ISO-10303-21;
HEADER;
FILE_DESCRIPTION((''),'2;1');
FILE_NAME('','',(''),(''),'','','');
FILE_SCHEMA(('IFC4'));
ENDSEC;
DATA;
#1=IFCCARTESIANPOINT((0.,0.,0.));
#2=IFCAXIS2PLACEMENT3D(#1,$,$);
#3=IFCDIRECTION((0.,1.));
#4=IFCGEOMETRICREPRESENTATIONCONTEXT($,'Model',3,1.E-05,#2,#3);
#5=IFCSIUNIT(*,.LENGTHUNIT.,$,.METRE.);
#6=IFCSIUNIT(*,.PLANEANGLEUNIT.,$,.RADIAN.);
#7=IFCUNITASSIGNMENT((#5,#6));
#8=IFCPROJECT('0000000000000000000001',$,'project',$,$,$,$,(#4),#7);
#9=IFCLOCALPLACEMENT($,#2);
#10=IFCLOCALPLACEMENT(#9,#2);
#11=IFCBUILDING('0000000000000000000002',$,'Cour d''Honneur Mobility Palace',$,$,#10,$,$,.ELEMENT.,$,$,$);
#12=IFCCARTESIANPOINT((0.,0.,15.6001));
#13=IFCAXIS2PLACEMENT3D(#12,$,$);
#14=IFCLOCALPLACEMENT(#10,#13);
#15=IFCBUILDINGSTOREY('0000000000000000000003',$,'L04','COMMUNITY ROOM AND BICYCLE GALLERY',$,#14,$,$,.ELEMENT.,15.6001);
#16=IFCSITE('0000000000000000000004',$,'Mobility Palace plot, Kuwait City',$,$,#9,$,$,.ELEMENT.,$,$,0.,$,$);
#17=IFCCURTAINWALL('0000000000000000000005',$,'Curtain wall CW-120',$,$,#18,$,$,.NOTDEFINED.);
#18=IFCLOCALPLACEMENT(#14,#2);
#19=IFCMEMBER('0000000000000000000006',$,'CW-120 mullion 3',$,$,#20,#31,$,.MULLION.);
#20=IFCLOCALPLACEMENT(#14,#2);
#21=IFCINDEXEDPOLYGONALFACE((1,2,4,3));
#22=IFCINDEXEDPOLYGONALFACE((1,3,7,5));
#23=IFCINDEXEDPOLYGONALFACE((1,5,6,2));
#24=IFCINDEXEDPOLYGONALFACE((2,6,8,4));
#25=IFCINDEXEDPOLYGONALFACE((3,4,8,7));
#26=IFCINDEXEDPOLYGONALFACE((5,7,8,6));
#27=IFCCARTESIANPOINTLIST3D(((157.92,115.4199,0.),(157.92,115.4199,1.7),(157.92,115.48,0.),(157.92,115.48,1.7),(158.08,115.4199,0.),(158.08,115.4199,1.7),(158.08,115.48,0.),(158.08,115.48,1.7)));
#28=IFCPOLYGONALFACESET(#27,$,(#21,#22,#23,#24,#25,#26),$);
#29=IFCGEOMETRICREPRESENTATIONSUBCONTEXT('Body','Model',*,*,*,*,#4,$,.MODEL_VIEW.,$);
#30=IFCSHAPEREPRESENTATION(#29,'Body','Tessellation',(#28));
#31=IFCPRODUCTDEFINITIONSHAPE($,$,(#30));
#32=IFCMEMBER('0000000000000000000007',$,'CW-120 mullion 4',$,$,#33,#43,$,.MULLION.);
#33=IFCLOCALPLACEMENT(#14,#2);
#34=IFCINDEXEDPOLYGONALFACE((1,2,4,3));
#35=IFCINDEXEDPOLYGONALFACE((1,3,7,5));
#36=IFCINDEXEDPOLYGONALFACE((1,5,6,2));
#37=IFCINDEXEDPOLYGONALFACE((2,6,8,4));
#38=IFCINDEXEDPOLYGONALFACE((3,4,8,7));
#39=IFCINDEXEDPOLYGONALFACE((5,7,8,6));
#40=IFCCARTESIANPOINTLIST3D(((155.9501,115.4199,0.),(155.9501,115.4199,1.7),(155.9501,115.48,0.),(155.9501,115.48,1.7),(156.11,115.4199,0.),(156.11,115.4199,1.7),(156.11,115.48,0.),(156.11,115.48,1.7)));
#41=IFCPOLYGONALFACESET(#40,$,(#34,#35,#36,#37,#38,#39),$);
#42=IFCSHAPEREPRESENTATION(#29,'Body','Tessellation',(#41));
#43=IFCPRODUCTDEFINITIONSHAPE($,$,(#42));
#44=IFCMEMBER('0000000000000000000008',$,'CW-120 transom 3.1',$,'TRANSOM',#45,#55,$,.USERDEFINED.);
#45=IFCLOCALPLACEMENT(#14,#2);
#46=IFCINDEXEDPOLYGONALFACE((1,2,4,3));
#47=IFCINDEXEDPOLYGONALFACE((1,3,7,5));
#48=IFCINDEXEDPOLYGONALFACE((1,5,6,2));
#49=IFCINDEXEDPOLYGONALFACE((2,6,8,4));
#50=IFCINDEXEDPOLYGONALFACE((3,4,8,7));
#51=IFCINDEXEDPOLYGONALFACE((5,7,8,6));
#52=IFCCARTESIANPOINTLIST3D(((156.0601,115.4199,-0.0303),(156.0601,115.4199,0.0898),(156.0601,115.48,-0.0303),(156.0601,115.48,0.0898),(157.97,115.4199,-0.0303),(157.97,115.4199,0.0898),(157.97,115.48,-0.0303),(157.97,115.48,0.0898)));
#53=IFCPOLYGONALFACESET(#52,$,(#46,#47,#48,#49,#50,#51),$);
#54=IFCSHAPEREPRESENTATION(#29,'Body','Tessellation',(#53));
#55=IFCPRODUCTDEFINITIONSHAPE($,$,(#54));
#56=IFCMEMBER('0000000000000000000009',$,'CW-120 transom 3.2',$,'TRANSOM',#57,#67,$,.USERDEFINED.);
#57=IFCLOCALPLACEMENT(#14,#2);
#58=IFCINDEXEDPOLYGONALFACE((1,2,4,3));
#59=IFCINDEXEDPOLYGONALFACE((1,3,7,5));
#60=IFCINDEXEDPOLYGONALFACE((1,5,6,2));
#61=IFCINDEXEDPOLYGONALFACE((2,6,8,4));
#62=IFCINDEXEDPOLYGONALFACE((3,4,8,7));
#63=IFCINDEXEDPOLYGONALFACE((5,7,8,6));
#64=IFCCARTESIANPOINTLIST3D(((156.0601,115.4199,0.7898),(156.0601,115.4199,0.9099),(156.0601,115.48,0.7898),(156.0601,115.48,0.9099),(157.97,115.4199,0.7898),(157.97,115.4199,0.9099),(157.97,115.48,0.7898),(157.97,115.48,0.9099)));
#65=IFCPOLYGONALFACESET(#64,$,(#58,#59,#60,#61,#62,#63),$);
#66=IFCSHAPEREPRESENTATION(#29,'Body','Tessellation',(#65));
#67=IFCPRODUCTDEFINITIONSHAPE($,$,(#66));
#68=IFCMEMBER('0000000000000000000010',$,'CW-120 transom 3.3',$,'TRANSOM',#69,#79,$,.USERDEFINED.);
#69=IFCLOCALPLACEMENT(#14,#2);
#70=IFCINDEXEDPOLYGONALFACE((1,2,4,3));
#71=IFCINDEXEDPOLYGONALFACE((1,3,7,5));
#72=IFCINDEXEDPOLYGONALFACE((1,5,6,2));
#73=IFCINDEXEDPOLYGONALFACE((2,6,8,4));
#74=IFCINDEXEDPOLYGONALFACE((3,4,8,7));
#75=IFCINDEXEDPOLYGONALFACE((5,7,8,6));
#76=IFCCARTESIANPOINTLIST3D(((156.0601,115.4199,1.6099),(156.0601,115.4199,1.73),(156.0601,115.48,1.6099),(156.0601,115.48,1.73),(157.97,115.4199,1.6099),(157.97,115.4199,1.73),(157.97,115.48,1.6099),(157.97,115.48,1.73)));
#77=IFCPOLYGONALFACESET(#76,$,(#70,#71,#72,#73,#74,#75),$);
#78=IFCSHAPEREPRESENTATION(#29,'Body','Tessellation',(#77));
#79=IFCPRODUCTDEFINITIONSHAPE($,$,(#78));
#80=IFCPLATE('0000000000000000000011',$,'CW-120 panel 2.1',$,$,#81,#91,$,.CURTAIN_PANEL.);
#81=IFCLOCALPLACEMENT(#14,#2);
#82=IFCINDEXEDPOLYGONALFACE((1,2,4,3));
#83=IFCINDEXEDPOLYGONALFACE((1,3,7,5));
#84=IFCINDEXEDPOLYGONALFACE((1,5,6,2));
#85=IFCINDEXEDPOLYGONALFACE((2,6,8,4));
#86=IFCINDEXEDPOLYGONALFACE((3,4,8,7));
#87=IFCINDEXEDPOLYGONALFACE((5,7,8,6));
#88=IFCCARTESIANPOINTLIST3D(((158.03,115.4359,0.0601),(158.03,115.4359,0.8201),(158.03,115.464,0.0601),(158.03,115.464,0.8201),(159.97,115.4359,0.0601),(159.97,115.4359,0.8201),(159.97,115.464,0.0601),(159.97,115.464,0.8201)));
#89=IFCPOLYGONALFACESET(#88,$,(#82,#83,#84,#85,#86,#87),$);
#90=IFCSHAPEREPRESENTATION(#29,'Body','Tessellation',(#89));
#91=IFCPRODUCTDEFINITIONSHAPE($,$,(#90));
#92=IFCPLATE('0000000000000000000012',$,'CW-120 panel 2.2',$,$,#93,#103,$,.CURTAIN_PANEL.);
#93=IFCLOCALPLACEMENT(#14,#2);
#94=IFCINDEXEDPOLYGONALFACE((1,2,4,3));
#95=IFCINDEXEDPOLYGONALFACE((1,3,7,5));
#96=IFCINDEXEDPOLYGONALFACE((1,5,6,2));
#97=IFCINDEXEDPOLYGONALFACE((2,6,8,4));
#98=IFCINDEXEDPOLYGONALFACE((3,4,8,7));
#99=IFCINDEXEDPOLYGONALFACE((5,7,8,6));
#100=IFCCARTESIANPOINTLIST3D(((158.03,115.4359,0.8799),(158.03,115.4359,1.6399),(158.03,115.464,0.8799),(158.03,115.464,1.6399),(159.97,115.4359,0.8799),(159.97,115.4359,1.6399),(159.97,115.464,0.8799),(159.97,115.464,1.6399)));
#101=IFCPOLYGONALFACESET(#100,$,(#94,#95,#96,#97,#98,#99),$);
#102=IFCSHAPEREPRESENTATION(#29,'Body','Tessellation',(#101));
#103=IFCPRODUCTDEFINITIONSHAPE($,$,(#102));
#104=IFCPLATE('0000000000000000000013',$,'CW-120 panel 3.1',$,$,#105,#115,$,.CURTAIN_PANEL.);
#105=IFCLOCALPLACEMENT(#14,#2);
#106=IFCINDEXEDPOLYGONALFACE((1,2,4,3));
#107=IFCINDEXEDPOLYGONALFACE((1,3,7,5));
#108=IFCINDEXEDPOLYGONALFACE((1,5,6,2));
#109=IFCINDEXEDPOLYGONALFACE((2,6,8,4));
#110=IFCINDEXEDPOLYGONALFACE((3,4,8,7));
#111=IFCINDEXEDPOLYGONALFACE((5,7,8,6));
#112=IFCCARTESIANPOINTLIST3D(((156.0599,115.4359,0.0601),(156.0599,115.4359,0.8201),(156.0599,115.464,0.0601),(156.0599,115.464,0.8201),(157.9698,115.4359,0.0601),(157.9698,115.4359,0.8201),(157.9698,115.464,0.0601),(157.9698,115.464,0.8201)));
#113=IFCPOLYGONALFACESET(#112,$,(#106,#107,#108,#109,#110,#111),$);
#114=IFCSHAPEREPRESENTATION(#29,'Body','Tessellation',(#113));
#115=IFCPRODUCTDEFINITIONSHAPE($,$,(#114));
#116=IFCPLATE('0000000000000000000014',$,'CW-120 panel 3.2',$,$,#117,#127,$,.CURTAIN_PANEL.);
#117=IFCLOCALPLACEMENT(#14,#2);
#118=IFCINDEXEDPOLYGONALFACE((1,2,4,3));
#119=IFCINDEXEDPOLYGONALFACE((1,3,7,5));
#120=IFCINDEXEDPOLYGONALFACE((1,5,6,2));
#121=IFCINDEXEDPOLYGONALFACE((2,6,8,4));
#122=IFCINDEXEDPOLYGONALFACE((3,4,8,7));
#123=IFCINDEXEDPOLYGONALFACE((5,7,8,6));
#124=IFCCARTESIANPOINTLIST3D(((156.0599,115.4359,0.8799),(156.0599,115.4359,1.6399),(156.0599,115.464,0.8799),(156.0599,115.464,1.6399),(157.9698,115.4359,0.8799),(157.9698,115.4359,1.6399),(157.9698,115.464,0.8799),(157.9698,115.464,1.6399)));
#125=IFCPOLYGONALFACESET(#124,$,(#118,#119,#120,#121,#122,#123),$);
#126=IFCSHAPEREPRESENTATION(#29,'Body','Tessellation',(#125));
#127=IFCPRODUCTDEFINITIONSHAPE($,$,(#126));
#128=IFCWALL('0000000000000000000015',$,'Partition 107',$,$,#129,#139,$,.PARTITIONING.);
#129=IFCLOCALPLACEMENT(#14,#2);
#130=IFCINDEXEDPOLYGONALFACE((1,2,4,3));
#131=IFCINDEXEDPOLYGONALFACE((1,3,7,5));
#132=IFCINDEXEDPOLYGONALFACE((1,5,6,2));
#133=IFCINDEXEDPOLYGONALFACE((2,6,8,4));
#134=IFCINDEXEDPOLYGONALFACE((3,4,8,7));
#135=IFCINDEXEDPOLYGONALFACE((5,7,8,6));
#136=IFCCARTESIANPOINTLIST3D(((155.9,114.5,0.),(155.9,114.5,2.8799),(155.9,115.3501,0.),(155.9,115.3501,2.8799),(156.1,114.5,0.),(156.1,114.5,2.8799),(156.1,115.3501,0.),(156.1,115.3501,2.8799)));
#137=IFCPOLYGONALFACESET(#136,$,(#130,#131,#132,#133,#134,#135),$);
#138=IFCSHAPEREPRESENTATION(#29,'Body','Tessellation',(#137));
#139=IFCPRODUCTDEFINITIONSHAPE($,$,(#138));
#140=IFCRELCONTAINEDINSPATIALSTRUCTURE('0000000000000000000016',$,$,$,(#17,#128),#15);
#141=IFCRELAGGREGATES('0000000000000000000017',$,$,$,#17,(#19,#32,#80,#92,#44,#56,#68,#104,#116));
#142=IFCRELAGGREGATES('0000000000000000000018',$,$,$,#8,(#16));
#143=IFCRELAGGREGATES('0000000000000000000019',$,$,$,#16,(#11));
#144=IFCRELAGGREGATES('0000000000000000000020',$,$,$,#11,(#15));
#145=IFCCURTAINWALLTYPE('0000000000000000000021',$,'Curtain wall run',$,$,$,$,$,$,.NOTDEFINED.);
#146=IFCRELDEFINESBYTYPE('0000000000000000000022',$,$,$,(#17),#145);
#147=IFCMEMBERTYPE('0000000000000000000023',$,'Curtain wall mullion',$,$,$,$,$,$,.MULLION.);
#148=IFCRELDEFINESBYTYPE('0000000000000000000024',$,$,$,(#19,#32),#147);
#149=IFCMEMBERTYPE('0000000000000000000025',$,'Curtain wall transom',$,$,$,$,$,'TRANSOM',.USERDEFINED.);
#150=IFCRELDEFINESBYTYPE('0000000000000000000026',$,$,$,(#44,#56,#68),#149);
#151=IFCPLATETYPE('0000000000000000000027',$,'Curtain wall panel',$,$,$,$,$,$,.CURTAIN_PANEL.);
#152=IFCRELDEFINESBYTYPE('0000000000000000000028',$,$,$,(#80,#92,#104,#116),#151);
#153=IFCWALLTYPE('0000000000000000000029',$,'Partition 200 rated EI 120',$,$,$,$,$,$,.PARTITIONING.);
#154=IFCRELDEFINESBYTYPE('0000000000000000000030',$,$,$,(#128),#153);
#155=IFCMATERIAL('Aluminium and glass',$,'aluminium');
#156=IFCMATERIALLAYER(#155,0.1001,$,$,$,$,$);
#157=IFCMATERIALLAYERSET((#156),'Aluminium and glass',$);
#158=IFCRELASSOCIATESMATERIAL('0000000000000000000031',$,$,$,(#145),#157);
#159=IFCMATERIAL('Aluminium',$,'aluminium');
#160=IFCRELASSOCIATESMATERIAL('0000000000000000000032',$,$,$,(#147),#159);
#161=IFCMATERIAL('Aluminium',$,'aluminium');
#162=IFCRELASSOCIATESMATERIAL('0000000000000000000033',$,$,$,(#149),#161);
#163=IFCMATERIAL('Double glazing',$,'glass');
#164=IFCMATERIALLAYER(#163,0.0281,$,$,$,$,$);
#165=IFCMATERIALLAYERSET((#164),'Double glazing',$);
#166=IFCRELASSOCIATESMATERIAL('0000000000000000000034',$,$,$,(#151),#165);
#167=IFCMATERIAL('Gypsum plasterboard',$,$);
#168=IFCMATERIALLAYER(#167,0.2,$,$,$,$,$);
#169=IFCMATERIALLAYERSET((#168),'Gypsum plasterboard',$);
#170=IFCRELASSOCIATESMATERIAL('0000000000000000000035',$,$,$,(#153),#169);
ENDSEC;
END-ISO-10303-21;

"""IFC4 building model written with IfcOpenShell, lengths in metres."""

from ifc_helpers import new_model, si_unit, direction, frame, frame_2d, origin, origin_2d, place, context, subcontext, project, spatial, rectangle, extrude, material, layer, layer_set, material_profile, profile_set, type_object, element, aggregate, save


model = new_model("IFC4")

# Units and contexts
model_context = context("Model", 3, precision=1e-05, world=origin(), true_north=direction((0.0, 1.0)))
body_context = subcontext(model_context, "Body", "Model", "MODEL_VIEW")
ifc_project = project(units=[si_unit("LENGTHUNIT", "METRE"), si_unit("PLANEANGLEUNIT", "RADIAN")], contexts=[model_context])

# Site, building, storey
site_placement = place(None, origin())
site = spatial("IfcSite", under=ifc_project, at=site_placement, Name="Mobility Palace plot, Kuwait City", CompositionType="ELEMENT", RefElevation=0.0)
building_placement = place(site_placement, origin())
building = spatial("IfcBuilding", under=site, at=building_placement, Name="Cour d'Honneur Mobility Palace", CompositionType="ELEMENT")
storey_placement = place(building_placement, frame((0.0, 0.0, 15.6001)))
storey = spatial("IfcBuildingStorey", under=building, at=storey_placement, Name="L04", Description="COMMUNITY ROOM AND BICYCLE GALLERY", CompositionType="ELEMENT", Elevation=15.6001)

# Curtain wall, members, plates
ifc_material_1 = material(Name="Aluminium and glass", Category="aluminium")
ifc_layer_1 = layer(ifc_material_1, 0.1001)
ifc_layer_set_1 = layer_set([ifc_layer_1], Name="Aluminium and glass")
curtain_wall_type = type_object("IfcCurtainWallType", Name="Curtain wall run", PredefinedType="NOTDEFINED", material=ifc_layer_set_1)
curtain_wall_placement = place(storey_placement, origin())
curtain_wall = element("IfcCurtainWall", 1, at=curtain_wall_placement, inside=storey, type_object=curtain_wall_type, Name="Curtain wall CW-120", PredefinedType="NOTDEFINED")
ifc_material_2 = material(Name="Aluminium", Category="aluminium")
ifc_material_profile_1 = material_profile(ifc_material_2, rectangle(XDim=0.0601, YDim=0.1599, at=origin_2d()), Name="Curtain wall mullion")
ifc_profile_set_1 = profile_set([ifc_material_profile_1], Name="Aluminium")
member_type_1 = type_object("IfcMemberType", Name="Curtain wall mullion", PredefinedType="MULLION", material=ifc_profile_set_1)
member_1_placement = place(storey_placement, frame((158.0, 115.45, 0.0), z_axis=(0.0, 0.0, 1.0), x_axis=(0.0, -1.0, 0.0)))
member_1 = element("IfcMember", 2, at=member_1_placement, type_object=member_type_1, Name="CW-120 mullion 3", PredefinedType="MULLION", context=body_context, shape_type="SweptSolid", body=[
    extrude(rectangle(XDim=0.0601, YDim=0.1599, at=origin_2d()), origin(), (0.0, 0.0, 1.0), 1.7),
])
member_2_placement = place(storey_placement, frame((156.03, 115.45, 0.0), z_axis=(0.0, 0.0, 1.0), x_axis=(0.0, -1.0, 0.0)))
member_2 = element("IfcMember", 3, at=member_2_placement, type_object=member_type_1, Name="CW-120 mullion 4", PredefinedType="MULLION", context=body_context, shape_type="SweptSolid", body=[
    extrude(rectangle(XDim=0.0601, YDim=0.1599, at=origin_2d()), origin(), (0.0, 0.0, 1.0), 1.7),
])
ifc_material_3 = material(Name="Aluminium", Category="aluminium")
ifc_material_profile_2 = material_profile(ifc_material_3, rectangle(XDim=0.0601, YDim=0.1201, at=origin_2d()), Name="Curtain wall transom")
ifc_profile_set_2 = profile_set([ifc_material_profile_2], Name="Aluminium")
member_type_2 = type_object("IfcMemberType", Name="Curtain wall transom", ElementType="TRANSOM", PredefinedType="USERDEFINED", material=ifc_profile_set_2)
member_3_placement = place(storey_placement, frame((157.97, 115.45, 0.0298), z_axis=(-1.0, 0.0, 0.0), x_axis=(0.0, -1.0, 0.0)))
member_3 = element("IfcMember", 4, at=member_3_placement, type_object=member_type_2, Name="CW-120 transom 3.1", ObjectType="TRANSOM", PredefinedType="USERDEFINED", context=body_context, shape_type="SweptSolid", body=[
    extrude(rectangle(XDim=0.0601, YDim=0.1201, at=origin_2d()), origin(), (0.0, 0.0, 1.0), 1.9099),
])
member_4_placement = place(storey_placement, frame((157.97, 115.45, 0.8499), z_axis=(-1.0, 0.0, 0.0), x_axis=(0.0, -1.0, 0.0)))
member_4 = element("IfcMember", 5, at=member_4_placement, type_object=member_type_2, Name="CW-120 transom 3.2", ObjectType="TRANSOM", PredefinedType="USERDEFINED", context=body_context, shape_type="SweptSolid", body=[
    extrude(rectangle(XDim=0.0601, YDim=0.1201, at=origin_2d()), origin(), (0.0, 0.0, 1.0), 1.9099),
])
member_5_placement = place(storey_placement, frame((157.97, 115.45, 1.6699), z_axis=(-1.0, 0.0, 0.0), x_axis=(0.0, -1.0, 0.0)))
member_5 = element("IfcMember", 6, at=member_5_placement, type_object=member_type_2, Name="CW-120 transom 3.3", ObjectType="TRANSOM", PredefinedType="USERDEFINED", context=body_context, shape_type="SweptSolid", body=[
    extrude(rectangle(XDim=0.0601, YDim=0.1201, at=origin_2d()), origin(), (0.0, 0.0, 1.0), 1.9099),
])
ifc_material_4 = material(Name="Double glazing", Category="glass")
ifc_layer_2 = layer(ifc_material_4, 0.0281)
ifc_layer_set_2 = layer_set([ifc_layer_2], Name="Double glazing")
plate_type = type_object("IfcPlateType", Name="Curtain wall panel", PredefinedType="CURTAIN_PANEL", material=ifc_layer_set_2)
plate_1_placement = place(storey_placement, frame((159.0, 115.45, 0.0601), z_axis=(0.0, 0.0, 1.0), x_axis=(-1.0, 0.0, 0.0)))
plate_1 = element("IfcPlate", 7, at=plate_1_placement, type_object=plate_type, Name="CW-120 panel 2.1", PredefinedType="CURTAIN_PANEL", context=body_context, shape_type="SweptSolid", body=[
    extrude(rectangle(XDim=1.9399, YDim=0.0281, at=origin_2d()), origin(), (0.0, 0.0, 1.0), 0.76),
])
plate_2_placement = place(storey_placement, frame((159.0, 115.45, 0.8799), z_axis=(0.0, 0.0, 1.0), x_axis=(-1.0, 0.0, 0.0)))
plate_2 = element("IfcPlate", 8, at=plate_2_placement, type_object=plate_type, Name="CW-120 panel 2.2", PredefinedType="CURTAIN_PANEL", context=body_context, shape_type="SweptSolid", body=[
    extrude(rectangle(XDim=1.9399, YDim=0.0281, at=origin_2d()), origin(), (0.0, 0.0, 1.0), 0.76),
])
plate_3_placement = place(storey_placement, frame((157.0149, 115.45, 0.0601), z_axis=(0.0, 0.0, 1.0), x_axis=(-1.0, 0.0, 0.0)))
plate_3 = element("IfcPlate", 9, at=plate_3_placement, type_object=plate_type, Name="CW-120 panel 3.1", PredefinedType="CURTAIN_PANEL", context=body_context, shape_type="SweptSolid", body=[
    extrude(rectangle(XDim=1.9099, YDim=0.0281, at=origin_2d()), origin(), (0.0, 0.0, 1.0), 0.76),
])
plate_4_placement = place(storey_placement, frame((157.0149, 115.45, 0.8799), z_axis=(0.0, 0.0, 1.0), x_axis=(-1.0, 0.0, 0.0)))
plate_4 = element("IfcPlate", 10, at=plate_4_placement, type_object=plate_type, Name="CW-120 panel 3.2", PredefinedType="CURTAIN_PANEL", context=body_context, shape_type="SweptSolid", body=[
    extrude(rectangle(XDim=1.9099, YDim=0.0281, at=origin_2d()), origin(), (0.0, 0.0, 1.0), 0.76),
])
aggregate(curtain_wall, [member_1, member_2, plate_1, plate_2, member_3, member_4, member_5, plate_3, plate_4])

# Wall
ifc_material_5 = material(Name="Gypsum plasterboard")
ifc_layer_3 = layer(ifc_material_5, 0.2)
ifc_layer_set_3 = layer_set([ifc_layer_3], Name="Gypsum plasterboard")
wall_type_1 = type_object("IfcWallType", Name="Partition 200 rated EI 120", PredefinedType="PARTITIONING", material=ifc_layer_set_3)
wall_1_placement = place(storey_placement, frame((156.0, 114.5, 0.0), z_axis=(0.0, 0.0, 1.0), x_axis=(0.0, 1.0, 0.0)))
element("IfcWall", 11, at=wall_1_placement, inside=storey, type_object=wall_type_1, Name="Partition 107", PredefinedType="PARTITIONING", context=body_context, shape_type="SweptSolid", body=[
    extrude(rectangle(XDim=0.8501, YDim=0.2, at=frame_2d((0.425, 0.0))), origin(), (0.0, 0.0, 1.0), 2.8799),
])

save(model, "model.ifc")
